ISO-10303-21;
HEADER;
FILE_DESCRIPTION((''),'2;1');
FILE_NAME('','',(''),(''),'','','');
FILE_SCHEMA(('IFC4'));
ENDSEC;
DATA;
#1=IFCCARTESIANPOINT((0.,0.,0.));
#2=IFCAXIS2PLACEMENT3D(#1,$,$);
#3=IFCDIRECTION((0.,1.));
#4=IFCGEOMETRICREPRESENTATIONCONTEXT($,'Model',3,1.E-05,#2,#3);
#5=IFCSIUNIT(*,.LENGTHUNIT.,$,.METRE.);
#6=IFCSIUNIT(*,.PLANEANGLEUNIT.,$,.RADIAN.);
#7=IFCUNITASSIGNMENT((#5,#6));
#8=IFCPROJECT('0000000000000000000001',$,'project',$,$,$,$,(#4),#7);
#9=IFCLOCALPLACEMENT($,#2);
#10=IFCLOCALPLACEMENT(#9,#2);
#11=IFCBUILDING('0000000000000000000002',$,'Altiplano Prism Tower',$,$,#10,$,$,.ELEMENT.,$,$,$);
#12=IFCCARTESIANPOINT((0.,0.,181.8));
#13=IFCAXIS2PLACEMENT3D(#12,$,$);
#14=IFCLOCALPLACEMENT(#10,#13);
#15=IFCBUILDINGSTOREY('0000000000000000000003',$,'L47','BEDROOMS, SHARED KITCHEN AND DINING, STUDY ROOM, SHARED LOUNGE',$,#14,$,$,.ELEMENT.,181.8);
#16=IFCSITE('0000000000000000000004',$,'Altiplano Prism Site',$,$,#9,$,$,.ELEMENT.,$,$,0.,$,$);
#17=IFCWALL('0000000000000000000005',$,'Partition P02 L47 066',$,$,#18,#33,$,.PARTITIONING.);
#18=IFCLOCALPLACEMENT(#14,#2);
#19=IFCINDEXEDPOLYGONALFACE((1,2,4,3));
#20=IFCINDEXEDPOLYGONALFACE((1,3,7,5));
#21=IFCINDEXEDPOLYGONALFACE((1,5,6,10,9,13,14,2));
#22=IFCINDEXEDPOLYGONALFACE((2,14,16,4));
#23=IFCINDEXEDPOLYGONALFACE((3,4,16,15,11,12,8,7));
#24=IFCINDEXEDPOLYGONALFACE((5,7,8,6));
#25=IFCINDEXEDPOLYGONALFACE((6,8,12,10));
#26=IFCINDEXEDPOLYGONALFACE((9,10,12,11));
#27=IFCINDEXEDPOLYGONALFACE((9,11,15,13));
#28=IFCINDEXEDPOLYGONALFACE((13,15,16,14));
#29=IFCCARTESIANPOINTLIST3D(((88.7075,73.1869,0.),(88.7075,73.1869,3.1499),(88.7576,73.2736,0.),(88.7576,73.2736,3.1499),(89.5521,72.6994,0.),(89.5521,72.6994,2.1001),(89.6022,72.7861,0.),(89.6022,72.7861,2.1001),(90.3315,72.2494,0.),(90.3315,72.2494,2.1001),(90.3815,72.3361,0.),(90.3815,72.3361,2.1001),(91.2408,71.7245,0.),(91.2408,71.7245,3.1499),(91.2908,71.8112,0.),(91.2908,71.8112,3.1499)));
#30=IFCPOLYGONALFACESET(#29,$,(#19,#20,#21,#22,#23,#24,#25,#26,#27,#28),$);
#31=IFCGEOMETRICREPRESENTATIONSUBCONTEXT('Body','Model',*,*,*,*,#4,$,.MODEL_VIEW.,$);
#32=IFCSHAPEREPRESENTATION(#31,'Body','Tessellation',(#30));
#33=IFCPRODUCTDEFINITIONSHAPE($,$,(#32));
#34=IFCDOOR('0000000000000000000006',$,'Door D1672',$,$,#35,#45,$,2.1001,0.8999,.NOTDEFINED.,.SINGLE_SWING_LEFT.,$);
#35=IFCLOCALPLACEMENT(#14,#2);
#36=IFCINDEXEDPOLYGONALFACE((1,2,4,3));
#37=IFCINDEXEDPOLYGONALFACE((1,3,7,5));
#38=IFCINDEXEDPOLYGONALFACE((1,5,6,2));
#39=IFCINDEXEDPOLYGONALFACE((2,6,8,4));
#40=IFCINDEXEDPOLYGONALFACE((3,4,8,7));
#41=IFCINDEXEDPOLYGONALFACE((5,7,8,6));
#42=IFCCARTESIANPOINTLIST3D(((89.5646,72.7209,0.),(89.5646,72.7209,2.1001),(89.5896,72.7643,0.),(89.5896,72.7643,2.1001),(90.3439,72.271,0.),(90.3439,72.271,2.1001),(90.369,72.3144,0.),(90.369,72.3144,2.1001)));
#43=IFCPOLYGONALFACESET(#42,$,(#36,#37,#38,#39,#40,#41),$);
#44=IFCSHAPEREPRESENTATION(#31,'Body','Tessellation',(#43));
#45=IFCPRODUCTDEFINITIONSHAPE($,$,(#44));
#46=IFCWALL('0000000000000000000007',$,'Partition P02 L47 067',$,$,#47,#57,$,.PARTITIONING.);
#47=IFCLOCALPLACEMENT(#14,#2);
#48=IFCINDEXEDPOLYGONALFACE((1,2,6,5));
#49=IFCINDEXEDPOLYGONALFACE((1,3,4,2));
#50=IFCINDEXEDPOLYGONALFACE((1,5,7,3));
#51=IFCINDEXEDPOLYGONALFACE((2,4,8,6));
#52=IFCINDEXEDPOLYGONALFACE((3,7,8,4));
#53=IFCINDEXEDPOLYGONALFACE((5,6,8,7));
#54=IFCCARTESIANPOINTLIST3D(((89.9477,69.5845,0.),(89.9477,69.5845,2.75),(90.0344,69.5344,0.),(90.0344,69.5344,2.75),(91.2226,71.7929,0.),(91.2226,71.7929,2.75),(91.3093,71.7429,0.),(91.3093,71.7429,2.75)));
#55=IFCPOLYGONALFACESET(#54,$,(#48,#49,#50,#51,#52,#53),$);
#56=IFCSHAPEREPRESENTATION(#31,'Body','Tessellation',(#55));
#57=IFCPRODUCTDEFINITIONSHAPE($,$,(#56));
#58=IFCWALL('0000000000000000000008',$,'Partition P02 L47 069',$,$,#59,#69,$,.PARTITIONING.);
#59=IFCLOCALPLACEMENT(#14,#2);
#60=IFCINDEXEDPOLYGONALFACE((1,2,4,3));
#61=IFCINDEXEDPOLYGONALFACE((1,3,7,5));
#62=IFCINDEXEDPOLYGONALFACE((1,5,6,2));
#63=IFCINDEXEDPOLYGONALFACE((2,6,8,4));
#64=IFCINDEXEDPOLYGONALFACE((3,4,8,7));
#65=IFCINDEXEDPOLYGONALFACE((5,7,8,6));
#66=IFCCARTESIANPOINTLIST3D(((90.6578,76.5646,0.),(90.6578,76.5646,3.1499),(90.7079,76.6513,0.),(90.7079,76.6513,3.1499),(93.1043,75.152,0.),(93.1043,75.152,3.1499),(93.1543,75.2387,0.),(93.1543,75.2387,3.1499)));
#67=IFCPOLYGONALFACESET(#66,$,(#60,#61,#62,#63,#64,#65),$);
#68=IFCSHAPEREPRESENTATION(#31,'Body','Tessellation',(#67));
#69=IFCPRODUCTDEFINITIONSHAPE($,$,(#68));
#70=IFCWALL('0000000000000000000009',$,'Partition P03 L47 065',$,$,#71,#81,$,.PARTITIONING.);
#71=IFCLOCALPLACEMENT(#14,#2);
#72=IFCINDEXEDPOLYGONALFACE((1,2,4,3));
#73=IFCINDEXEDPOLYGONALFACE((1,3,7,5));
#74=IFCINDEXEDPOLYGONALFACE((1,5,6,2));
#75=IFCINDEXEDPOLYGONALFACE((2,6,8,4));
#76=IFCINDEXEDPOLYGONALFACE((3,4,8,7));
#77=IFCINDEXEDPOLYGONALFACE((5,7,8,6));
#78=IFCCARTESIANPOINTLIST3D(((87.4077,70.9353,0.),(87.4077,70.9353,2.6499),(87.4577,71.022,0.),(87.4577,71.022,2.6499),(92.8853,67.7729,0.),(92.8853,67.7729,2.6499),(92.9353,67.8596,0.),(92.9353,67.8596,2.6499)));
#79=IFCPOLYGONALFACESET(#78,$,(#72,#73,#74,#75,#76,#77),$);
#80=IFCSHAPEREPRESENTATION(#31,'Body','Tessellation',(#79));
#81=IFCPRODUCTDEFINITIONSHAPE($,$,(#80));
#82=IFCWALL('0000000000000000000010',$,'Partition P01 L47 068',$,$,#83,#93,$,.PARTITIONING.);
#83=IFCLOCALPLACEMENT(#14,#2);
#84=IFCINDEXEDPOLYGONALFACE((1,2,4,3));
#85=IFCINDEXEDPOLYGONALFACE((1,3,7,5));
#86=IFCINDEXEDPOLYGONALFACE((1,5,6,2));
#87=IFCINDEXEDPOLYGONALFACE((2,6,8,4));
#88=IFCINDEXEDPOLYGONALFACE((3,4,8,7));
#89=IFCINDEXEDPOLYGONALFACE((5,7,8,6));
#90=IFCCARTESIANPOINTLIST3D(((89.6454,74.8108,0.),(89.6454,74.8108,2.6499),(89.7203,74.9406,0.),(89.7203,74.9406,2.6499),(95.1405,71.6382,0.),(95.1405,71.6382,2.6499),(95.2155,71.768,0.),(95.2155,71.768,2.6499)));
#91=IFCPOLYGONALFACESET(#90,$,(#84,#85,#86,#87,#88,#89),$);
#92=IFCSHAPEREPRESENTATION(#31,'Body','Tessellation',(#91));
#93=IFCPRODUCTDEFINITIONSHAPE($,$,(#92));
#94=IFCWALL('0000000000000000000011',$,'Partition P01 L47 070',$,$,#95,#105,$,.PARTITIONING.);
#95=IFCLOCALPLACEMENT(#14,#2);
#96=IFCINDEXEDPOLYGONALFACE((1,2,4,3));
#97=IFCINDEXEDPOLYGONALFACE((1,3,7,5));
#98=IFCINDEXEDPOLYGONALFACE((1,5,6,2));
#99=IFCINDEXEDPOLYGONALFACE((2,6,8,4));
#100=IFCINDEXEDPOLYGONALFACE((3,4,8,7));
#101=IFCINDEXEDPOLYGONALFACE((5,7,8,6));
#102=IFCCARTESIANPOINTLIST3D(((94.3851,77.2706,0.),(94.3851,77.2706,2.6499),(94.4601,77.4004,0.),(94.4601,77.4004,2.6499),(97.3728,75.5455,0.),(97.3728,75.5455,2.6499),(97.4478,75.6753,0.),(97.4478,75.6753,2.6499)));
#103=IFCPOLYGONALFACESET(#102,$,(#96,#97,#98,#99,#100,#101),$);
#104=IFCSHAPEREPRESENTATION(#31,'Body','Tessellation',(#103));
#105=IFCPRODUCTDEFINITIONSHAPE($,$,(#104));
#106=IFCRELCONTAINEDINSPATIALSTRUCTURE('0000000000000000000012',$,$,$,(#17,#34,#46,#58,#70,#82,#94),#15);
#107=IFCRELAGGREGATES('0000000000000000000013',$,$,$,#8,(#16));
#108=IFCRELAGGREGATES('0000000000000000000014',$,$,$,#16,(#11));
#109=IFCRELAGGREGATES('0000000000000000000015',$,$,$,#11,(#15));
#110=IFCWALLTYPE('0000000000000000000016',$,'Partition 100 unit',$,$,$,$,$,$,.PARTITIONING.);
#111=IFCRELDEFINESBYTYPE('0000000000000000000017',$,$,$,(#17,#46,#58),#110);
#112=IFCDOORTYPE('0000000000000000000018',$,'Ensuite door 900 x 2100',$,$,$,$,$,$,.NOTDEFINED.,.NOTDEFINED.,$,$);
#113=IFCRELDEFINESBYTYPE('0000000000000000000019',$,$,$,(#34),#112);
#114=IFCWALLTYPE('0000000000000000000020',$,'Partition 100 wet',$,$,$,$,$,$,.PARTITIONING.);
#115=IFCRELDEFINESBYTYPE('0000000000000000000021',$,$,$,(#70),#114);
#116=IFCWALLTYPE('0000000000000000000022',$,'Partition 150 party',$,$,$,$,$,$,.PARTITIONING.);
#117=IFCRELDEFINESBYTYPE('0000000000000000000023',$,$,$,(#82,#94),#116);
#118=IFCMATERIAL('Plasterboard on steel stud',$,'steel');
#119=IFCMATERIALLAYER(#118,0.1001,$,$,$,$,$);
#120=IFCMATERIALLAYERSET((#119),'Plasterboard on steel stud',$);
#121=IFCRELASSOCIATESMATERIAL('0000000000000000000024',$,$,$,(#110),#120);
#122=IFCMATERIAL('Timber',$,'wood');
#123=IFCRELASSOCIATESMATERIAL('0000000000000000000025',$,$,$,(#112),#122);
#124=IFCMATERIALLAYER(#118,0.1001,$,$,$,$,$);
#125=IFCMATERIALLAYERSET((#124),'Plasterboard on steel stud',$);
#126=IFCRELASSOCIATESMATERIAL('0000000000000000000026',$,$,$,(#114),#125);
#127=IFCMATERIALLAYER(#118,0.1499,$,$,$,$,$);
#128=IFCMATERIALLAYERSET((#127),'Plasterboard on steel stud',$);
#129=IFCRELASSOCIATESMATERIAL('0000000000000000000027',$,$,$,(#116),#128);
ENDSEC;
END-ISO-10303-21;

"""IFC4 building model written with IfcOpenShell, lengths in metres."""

from ifc_helpers import new_model, si_unit, direction, frame, frame_2d, origin, place, context, subcontext, project, spatial, rectangle, extrude, material, layer, layer_set, type_object, element, fill, save


model = new_model("IFC4")

# Units and contexts
model_context = context("Model", 3, precision=1e-05, world=origin(), true_north=direction((0.0, 1.0)))
body_context = subcontext(model_context, "Body", "Model", "MODEL_VIEW")
ifc_project = project(units=[si_unit("LENGTHUNIT", "METRE"), si_unit("PLANEANGLEUNIT", "RADIAN")], contexts=[model_context])

# Site, building, storey
site_placement = place(None, origin())
site = spatial("IfcSite", under=ifc_project, at=site_placement, Name="Altiplano Prism Site", CompositionType="ELEMENT", RefElevation=0.0)
building_placement = place(site_placement, origin())
building = spatial("IfcBuilding", under=site, at=building_placement, Name="Altiplano Prism Tower", CompositionType="ELEMENT")
storey_placement = place(building_placement, frame((0.0, 0.0, 181.8)))
storey = spatial("IfcBuildingStorey", under=building, at=storey_placement, Name="L47", Description="BEDROOMS, SHARED KITCHEN AND DINING, STUDY ROOM, SHARED LOUNGE", CompositionType="ELEMENT", Elevation=181.8)

# Wall, opening, door
ifc_material_1 = material(Name="Plasterboard on steel stud", Category="steel")
ifc_layer_1 = layer(ifc_material_1, 0.1001)
ifc_layer_set_1 = layer_set([ifc_layer_1], Name="Plasterboard on steel stud")
wall_type_1 = type_object("IfcWallType", Name="Partition 100 unit", PredefinedType="PARTITIONING", material=ifc_layer_set_1)
wall_1_placement = place(storey_placement, frame((88.7327, 73.2302, 0.0), z_axis=(0.0, 0.0, 1.0), x_axis=(0.866047, -0.499963, 0.0)))
wall_1 = element("IfcWall", 1, at=wall_1_placement, inside=storey, type_object=wall_type_1, Name="Partition P02 L47 066", PredefinedType="PARTITIONING", context=body_context, shape_type="SweptSolid", body=[
    extrude(rectangle(XDim=2.925, YDim=0.1001, at=frame_2d((1.4624, 0.0))), origin(), (0.0, 0.0, 1.0), 3.1499),
])
opening_placement = place(wall_1_placement, frame((0.9751, 0.0, 0.0)))
opening = element("IfcOpeningElement", 2, at=opening_placement, cuts=wall_1, PredefinedType="OPENING", context=body_context, shape_type="SweptSolid", body=[
    extrude(rectangle(XDim=0.8999, YDim=2.1001, at=frame_2d((0.45, 1.05))), frame((0.0, 0.0605, 0.0), z_axis=(0.0, -1.0, 0.0), x_axis=(1.0, 0.0, 0.0)), (0.0, 0.0, 1.0), 0.1211),
])
ifc_material_2 = material(Name="Timber", Category="wood")
door_type = type_object("IfcDoorType", Name="Ensuite door 900 x 2100", OperationType="NOTDEFINED", PredefinedType="NOTDEFINED", material=ifc_material_2)
door_placement = place(opening_placement, origin())
door = element("IfcDoor", 3, at=door_placement, inside=storey, type_object=door_type, Name="Door D1672", OperationType="SINGLE_SWING_LEFT", OverallHeight=2.1001, OverallWidth=0.8999, PredefinedType="NOTDEFINED", context=body_context, shape_type="SweptSolid", body=[
    extrude(rectangle(XDim=0.8999, YDim=2.1001, at=frame_2d((0.45, 1.05))), frame((0.0, 0.0249, 0.0), z_axis=(0.0, -1.0, 0.0), x_axis=(1.0, 0.0, 0.0)), (0.0, 0.0, 1.0), 0.05),
])
fill(opening, door)

# Walls
wall_2_placement = place(storey_placement, frame((91.2659, 71.7678, 0.0), z_axis=(0.0, 0.0, 1.0), x_axis=(-0.499949, -0.866055, 0.0)))
element("IfcWall", 4, at=wall_2_placement, inside=storey, type_object=wall_type_1, Name="Partition P02 L47 067", PredefinedType="PARTITIONING", context=body_context, shape_type="SweptSolid", body=[
    extrude(rectangle(XDim=2.55, YDim=0.1001, at=frame_2d((1.2749, 0.0))), origin(), (0.0, 0.0, 1.0), 2.75),
])
wall_3_placement = place(storey_placement, frame((93.1294, 75.1953, 0.0), z_axis=(0.0, 0.0, 1.0), x_axis=(-0.866011, 0.500024, 0.0)))
element("IfcWall", 5, at=wall_3_placement, inside=storey, type_object=wall_type_1, Name="Partition P02 L47 069", PredefinedType="PARTITIONING", context=body_context, shape_type="SweptSolid", body=[
    extrude(rectangle(XDim=2.825, YDim=0.1001, at=frame_2d((1.4126, 0.0))), origin(), (0.0, 0.0, 1.0), 3.1499),
])
ifc_layer_2 = layer(ifc_material_1, 0.1001)
ifc_layer_set_2 = layer_set([ifc_layer_2], Name="Plasterboard on steel stud")
wall_type_2 = type_object("IfcWallType", Name="Partition 100 wet", PredefinedType="PARTITIONING", material=ifc_layer_set_2)
wall_4_placement = place(storey_placement, frame((92.9104, 67.8162, 0.0), z_axis=(0.0, 0.0, 1.0), x_axis=(-0.866033, 0.499988, 0.0)))
element("IfcWall", 6, at=wall_4_placement, inside=storey, type_object=wall_type_2, Name="Partition P03 L47 065", PredefinedType="PARTITIONING", context=body_context, shape_type="SweptSolid", body=[
    extrude(rectangle(XDim=6.325, YDim=0.1001, at=frame_2d((3.1626, 0.0))), origin(), (0.0, 0.0, 1.0), 2.6499),
])
ifc_layer_3 = layer(ifc_material_1, 0.1499)
ifc_layer_set_3 = layer_set([ifc_layer_3], Name="Plasterboard on steel stud")
wall_type_3 = type_object("IfcWallType", Name="Partition 150 party", PredefinedType="PARTITIONING", material=ifc_layer_set_3)
wall_5_placement = place(storey_placement, frame((95.178, 71.7031, 0.0), z_axis=(0.0, 0.0, 1.0), x_axis=(-0.866025, 0.5, 0.0)))
element("IfcWall", 7, at=wall_5_placement, inside=storey, type_object=wall_type_3, Name="Partition P01 L47 068", PredefinedType="PARTITIONING", context=body_context, shape_type="SweptSolid", body=[
    extrude(rectangle(XDim=6.3452, YDim=0.1499, at=frame_2d((3.1726, 0.0))), origin(), (0.0, 0.0, 1.0), 2.6499),
])
wall_6_placement = place(storey_placement, frame((97.4104, 75.6104, 0.0), z_axis=(0.0, 0.0, 1.0), x_axis=(-0.866014, 0.500021, 0.0)))
element("IfcWall", 8, at=wall_6_placement, inside=storey, type_object=wall_type_3, Name="Partition P01 L47 070", PredefinedType="PARTITIONING", context=body_context, shape_type="SweptSolid", body=[
    extrude(rectangle(XDim=3.45, YDim=0.1499, at=frame_2d((1.7251, 0.0))), origin(), (0.0, 0.0, 1.0), 2.6499),
])

save(model, "model.ifc")
